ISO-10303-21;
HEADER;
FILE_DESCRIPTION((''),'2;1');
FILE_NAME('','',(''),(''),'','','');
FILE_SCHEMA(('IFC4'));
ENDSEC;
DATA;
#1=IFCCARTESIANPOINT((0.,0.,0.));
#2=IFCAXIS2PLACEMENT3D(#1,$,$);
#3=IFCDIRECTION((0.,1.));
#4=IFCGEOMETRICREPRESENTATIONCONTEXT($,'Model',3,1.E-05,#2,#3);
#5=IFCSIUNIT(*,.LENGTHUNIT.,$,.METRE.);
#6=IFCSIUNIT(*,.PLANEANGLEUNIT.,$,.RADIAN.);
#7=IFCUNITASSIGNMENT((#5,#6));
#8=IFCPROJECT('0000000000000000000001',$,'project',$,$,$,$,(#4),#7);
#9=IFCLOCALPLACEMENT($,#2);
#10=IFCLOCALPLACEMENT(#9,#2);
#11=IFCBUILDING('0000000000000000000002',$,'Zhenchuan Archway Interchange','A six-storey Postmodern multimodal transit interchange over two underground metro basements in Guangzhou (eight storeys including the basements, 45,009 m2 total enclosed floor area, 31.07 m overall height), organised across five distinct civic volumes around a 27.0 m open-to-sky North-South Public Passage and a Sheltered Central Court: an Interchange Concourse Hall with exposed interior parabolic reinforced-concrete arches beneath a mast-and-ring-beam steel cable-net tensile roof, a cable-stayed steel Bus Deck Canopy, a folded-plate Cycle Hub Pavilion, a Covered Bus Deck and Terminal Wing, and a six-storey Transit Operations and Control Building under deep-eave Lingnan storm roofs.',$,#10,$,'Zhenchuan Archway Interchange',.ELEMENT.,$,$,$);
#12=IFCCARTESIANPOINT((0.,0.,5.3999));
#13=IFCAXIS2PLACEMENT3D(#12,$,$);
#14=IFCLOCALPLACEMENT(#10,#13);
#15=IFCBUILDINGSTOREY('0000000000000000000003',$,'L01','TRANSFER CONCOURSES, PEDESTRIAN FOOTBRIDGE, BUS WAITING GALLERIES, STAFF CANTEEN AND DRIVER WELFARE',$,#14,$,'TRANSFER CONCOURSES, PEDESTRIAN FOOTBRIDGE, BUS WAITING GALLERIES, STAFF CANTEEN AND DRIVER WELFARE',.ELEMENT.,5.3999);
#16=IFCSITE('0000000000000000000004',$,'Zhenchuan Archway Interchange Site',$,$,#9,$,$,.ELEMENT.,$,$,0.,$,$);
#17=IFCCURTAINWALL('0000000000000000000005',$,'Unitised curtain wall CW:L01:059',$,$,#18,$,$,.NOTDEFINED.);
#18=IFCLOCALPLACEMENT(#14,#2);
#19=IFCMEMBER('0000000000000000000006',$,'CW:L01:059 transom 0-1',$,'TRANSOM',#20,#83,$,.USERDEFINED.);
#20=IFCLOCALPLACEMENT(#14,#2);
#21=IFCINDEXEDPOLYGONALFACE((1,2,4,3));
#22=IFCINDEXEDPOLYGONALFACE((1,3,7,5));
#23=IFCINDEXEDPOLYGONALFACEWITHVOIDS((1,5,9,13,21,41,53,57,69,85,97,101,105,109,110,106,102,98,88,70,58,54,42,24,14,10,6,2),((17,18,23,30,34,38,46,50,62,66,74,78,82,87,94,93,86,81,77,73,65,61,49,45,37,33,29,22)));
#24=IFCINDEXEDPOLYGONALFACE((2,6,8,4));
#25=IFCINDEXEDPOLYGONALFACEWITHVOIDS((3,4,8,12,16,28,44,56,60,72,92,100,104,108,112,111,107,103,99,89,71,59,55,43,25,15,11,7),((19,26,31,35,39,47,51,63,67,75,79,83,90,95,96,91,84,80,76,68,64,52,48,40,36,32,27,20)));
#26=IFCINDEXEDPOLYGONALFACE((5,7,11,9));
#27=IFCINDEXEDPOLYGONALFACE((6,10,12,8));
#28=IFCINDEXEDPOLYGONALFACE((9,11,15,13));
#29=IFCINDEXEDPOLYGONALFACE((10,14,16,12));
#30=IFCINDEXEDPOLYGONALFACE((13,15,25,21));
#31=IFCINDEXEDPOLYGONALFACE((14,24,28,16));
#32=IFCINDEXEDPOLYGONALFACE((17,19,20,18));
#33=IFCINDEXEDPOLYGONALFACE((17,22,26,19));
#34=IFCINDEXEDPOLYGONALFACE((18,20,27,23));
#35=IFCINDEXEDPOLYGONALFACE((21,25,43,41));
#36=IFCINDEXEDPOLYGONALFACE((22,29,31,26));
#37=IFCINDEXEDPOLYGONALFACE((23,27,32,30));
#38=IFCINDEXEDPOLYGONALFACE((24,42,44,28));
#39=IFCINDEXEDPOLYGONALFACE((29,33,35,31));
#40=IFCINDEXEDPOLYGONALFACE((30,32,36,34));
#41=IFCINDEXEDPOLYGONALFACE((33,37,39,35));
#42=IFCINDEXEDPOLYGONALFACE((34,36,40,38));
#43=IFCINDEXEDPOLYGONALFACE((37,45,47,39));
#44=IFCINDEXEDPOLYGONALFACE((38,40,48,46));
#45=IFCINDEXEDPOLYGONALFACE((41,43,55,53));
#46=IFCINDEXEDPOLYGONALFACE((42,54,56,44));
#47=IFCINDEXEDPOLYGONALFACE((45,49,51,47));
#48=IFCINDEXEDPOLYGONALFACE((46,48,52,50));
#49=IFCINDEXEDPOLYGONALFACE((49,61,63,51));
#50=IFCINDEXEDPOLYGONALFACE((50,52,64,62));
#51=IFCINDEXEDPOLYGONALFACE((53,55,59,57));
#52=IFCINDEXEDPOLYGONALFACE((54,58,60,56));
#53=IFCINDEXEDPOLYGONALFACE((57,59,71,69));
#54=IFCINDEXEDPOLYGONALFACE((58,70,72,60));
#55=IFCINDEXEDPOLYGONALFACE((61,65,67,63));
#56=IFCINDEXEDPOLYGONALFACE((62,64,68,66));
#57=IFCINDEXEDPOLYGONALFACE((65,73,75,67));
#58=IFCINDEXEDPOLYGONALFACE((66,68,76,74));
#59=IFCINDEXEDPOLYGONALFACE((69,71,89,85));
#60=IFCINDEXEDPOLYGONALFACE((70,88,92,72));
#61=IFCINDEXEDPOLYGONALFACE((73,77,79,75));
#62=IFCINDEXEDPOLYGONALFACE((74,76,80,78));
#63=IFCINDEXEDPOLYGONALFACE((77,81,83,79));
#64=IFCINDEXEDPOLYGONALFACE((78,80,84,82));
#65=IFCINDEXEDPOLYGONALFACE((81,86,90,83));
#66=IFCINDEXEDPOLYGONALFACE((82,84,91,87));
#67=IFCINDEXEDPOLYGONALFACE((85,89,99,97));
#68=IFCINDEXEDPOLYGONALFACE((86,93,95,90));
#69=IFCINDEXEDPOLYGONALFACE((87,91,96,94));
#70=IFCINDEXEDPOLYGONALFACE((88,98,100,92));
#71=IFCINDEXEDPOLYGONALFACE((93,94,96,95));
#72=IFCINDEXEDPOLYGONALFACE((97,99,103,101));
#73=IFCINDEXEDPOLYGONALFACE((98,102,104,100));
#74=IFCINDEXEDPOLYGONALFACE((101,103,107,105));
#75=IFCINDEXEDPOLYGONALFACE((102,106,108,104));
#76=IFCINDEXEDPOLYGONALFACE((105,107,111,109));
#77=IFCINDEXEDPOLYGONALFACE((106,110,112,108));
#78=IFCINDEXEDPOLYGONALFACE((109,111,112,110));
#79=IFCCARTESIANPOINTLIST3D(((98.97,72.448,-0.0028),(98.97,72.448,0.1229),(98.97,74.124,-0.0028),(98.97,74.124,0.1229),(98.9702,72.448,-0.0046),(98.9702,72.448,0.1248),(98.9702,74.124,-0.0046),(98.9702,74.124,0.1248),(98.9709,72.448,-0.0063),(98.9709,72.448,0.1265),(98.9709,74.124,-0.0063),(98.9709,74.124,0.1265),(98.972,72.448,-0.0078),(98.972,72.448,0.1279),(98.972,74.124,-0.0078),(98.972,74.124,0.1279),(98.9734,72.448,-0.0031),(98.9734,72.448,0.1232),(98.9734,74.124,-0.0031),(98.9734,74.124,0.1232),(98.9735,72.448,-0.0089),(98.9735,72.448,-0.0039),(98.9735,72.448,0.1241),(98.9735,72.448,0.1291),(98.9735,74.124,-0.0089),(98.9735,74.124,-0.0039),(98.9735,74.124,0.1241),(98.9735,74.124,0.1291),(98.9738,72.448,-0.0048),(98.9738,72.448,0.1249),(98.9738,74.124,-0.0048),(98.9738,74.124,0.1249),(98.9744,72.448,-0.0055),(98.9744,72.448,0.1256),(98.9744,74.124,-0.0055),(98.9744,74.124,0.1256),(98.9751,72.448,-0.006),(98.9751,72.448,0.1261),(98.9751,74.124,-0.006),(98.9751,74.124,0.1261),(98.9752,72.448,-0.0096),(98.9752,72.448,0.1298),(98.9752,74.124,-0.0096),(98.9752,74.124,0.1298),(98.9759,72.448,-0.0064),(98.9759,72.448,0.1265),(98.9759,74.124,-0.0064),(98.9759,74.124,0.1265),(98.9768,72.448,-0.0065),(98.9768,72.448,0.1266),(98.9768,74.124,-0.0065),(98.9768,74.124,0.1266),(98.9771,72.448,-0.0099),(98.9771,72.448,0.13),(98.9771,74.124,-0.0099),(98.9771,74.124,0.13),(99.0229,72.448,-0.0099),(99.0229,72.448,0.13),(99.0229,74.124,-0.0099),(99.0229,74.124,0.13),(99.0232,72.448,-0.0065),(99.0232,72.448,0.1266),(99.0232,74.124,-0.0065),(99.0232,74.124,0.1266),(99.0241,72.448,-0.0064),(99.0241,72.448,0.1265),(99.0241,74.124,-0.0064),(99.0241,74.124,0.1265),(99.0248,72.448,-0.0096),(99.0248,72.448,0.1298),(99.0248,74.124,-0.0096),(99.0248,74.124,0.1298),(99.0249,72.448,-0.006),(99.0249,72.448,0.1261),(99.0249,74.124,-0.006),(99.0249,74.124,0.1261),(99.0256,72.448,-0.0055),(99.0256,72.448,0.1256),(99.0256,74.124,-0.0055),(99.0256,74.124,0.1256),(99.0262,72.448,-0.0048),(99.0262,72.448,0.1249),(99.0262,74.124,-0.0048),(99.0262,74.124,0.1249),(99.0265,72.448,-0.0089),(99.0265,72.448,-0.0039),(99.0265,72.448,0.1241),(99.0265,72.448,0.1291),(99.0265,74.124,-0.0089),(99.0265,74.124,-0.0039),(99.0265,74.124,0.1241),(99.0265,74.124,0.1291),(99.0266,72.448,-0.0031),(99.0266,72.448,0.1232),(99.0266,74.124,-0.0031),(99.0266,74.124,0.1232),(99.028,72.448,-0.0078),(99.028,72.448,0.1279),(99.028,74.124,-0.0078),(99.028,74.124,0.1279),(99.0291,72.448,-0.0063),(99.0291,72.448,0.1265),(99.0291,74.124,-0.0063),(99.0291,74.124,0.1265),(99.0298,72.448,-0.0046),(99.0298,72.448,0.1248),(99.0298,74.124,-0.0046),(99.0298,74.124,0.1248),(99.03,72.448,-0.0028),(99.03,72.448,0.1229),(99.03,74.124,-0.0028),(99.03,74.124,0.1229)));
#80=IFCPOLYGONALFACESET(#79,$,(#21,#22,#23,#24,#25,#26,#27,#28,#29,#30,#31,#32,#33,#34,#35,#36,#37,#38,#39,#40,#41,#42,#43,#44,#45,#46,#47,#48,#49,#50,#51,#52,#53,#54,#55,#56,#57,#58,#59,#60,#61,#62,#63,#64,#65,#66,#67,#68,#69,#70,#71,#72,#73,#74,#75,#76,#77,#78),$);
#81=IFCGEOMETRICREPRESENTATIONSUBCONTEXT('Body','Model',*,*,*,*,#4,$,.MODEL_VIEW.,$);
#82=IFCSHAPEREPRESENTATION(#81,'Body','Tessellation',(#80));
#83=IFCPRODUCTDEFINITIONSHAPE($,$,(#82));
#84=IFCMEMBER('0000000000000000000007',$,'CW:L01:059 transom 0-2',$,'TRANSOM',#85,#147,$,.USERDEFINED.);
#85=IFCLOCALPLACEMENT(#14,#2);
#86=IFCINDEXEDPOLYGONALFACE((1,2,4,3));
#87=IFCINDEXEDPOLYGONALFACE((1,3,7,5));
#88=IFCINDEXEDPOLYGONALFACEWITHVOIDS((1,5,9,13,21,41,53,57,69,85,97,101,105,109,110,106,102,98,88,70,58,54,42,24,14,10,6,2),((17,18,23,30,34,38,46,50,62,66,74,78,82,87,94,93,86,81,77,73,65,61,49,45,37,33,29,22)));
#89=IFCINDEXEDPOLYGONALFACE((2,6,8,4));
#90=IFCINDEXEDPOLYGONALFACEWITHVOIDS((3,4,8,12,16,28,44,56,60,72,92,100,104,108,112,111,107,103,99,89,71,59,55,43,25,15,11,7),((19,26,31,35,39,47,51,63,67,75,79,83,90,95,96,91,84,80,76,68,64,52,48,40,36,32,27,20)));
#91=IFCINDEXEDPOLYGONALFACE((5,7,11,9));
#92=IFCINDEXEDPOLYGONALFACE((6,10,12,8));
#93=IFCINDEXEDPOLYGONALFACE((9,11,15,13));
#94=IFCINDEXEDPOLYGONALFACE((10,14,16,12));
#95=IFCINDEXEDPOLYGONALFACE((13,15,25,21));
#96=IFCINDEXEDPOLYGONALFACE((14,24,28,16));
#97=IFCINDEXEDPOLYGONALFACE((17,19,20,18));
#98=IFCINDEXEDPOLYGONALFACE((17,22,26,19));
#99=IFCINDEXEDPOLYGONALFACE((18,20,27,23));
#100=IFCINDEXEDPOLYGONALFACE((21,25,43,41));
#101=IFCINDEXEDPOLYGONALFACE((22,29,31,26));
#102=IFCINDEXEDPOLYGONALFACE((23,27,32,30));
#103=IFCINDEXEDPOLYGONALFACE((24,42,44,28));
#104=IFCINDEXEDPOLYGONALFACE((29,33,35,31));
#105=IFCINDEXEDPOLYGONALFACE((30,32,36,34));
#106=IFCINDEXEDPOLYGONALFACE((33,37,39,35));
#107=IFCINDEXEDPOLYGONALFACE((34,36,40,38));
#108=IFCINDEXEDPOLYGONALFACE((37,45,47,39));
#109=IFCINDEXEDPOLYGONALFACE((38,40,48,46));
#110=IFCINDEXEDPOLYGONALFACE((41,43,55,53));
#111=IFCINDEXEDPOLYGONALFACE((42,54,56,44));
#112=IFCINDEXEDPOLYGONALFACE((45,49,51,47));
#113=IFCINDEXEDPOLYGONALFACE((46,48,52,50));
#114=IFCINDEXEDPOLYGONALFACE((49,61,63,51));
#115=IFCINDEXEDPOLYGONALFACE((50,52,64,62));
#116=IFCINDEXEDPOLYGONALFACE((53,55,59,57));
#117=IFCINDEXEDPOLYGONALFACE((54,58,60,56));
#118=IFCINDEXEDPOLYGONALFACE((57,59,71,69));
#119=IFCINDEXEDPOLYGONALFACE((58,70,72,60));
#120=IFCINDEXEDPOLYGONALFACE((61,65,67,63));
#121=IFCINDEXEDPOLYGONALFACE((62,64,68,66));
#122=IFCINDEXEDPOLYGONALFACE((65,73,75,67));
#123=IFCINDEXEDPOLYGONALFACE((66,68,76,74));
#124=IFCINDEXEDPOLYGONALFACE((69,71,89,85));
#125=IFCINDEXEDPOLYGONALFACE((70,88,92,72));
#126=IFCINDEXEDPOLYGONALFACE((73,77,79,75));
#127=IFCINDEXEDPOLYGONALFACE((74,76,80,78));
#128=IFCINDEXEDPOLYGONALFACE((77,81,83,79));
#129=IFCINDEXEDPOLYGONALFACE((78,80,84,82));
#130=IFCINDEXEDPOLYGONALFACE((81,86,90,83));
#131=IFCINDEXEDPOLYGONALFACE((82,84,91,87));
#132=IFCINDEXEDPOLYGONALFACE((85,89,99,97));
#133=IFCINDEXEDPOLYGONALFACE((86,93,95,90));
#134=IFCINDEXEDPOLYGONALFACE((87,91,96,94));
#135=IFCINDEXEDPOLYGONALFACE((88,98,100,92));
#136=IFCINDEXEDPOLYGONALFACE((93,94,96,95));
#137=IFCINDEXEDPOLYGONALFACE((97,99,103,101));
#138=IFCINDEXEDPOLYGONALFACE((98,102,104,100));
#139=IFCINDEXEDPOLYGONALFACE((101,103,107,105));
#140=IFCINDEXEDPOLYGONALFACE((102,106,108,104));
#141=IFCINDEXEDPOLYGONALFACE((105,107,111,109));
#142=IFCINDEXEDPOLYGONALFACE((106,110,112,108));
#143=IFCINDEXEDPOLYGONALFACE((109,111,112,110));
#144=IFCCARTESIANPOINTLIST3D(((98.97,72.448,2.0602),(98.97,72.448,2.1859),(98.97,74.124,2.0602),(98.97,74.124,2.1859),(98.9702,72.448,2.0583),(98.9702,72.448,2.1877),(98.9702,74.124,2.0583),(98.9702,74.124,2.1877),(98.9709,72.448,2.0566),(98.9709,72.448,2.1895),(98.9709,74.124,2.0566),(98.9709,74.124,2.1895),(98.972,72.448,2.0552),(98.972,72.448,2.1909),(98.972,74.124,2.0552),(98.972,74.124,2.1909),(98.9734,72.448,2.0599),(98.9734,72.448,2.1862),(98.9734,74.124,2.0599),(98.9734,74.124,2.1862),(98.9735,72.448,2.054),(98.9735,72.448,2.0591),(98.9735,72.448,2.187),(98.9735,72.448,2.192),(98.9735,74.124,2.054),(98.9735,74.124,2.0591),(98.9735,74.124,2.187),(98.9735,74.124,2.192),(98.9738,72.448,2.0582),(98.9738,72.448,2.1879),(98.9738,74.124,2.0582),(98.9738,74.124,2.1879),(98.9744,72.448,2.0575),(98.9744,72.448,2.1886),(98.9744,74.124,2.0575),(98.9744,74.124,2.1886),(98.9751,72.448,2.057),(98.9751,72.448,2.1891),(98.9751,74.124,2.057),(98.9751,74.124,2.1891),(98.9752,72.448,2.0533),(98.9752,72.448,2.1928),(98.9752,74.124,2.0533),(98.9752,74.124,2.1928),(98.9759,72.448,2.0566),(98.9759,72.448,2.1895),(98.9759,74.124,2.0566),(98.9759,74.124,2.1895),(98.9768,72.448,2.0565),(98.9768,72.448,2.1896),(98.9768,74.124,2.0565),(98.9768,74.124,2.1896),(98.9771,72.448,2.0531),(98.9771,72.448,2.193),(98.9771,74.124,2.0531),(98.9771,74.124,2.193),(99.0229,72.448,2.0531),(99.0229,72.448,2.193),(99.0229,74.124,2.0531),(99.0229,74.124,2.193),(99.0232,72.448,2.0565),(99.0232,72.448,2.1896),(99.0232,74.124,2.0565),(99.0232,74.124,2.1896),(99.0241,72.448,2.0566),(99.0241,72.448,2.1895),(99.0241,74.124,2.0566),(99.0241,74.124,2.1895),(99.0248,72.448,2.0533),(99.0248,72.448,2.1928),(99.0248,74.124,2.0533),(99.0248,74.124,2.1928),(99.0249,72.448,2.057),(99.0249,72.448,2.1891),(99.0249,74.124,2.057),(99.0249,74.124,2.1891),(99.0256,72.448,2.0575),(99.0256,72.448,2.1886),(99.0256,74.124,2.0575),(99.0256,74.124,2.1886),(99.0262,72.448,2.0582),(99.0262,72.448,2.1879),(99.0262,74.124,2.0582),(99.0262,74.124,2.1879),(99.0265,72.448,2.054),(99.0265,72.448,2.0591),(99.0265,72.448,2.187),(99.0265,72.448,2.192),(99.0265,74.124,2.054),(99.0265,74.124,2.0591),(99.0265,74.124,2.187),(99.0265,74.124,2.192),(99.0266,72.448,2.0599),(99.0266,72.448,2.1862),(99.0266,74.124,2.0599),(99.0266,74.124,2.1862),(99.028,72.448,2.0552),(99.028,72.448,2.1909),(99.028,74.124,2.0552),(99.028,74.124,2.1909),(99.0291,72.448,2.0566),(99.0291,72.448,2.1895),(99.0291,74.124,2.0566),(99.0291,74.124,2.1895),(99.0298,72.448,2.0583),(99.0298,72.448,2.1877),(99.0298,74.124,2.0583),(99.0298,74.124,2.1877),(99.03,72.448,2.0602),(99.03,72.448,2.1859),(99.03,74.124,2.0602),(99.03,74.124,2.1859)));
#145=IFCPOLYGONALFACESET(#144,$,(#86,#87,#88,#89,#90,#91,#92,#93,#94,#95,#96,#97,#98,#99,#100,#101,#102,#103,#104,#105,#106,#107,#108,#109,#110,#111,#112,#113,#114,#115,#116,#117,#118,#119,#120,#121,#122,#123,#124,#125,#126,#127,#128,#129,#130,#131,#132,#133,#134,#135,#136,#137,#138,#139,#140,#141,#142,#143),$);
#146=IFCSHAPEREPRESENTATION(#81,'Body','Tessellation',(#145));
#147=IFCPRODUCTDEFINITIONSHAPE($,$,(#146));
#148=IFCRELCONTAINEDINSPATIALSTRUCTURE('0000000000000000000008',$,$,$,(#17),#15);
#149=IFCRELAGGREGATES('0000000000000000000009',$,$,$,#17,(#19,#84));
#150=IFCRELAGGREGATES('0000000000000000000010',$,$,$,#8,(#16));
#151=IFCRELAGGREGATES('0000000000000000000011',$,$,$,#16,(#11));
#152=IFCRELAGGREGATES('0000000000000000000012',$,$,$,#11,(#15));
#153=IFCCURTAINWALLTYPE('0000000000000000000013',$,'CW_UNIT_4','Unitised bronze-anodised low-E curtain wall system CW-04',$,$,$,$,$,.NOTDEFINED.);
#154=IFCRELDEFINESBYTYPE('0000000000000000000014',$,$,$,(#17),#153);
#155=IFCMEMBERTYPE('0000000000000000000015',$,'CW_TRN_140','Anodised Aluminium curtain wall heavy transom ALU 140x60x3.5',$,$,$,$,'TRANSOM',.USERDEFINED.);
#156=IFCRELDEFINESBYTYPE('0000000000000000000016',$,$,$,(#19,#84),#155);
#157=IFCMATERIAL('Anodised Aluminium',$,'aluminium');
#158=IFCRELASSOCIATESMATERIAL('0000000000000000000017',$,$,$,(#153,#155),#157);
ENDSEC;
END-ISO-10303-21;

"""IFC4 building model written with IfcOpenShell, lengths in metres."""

from ifc_helpers import new_model, si_unit, direction, frame, origin, origin_2d, place, context, subcontext, project, spatial, hollow_rectangle, extrude, material, material_profile, profile_set, type_object, element, aggregate, save


model = new_model("IFC4")

# Units and contexts
model_context = context("Model", 3, precision=1e-05, world=origin(), true_north=direction((0.0, 1.0)))
body_context = subcontext(model_context, "Body", "Model", "MODEL_VIEW")
ifc_project = project(units=[si_unit("LENGTHUNIT", "METRE"), si_unit("PLANEANGLEUNIT", "RADIAN")], contexts=[model_context])

# Site, building, storey
site_placement = place(None, origin())
site = spatial("IfcSite", under=ifc_project, at=site_placement, Name="Zhenchuan Archway Interchange Site", CompositionType="ELEMENT", RefElevation=0.0)
building_placement = place(site_placement, origin())
building = spatial("IfcBuilding", under=site, at=building_placement, Name="Zhenchuan Archway Interchange", Description="A six-storey Postmodern multimodal transit interchange over two underground metro basements in Guangzhou (eight storeys including the basements, 45,009 m2 total enclosed floor area, 31.07 m overall height), organised across five distinct civic volumes around a 27.0 m open-to-sky North-South Public Passage and a Sheltered Central Court: an Interchange Concourse Hall with exposed interior parabolic reinforced-concrete arches beneath a mast-and-ring-beam steel cable-net tensile roof, a cable-stayed steel Bus Deck Canopy, a folded-plate Cycle Hub Pavilion, a Covered Bus Deck and Terminal Wing, and a six-storey Transit Operations and Control Building under deep-eave Lingnan storm roofs.", LongName="Zhenchuan Archway Interchange", CompositionType="ELEMENT")
storey_placement = place(building_placement, frame((0.0, 0.0, 5.3999)))
storey = spatial("IfcBuildingStorey", under=building, at=storey_placement, Name="L01", Description="TRANSFER CONCOURSES, PEDESTRIAN FOOTBRIDGE, BUS WAITING GALLERIES, STAFF CANTEEN AND DRIVER WELFARE", LongName="TRANSFER CONCOURSES, PEDESTRIAN FOOTBRIDGE, BUS WAITING GALLERIES, STAFF CANTEEN AND DRIVER WELFARE", CompositionType="ELEMENT", Elevation=5.3999)

# Shared definitions
ifc_material_1 = material(Name="Anodised Aluminium", Category="aluminium")

# Curtain wall
curtain_wall_type_1 = type_object("IfcCurtainWallType", Name="CW_UNIT_4", Description="Unitised bronze-anodised low-E curtain wall system CW-04", PredefinedType="NOTDEFINED", material=ifc_material_1)
curtain_wall_1_placement = place(storey_placement, origin())
curtain_wall_1 = element("IfcCurtainWall", 1, at=curtain_wall_1_placement, inside=storey, type_object=curtain_wall_type_1, Name="Unitised curtain wall CW:L01:059", PredefinedType="NOTDEFINED")

# Members
ifc_material_profile_1 = material_profile(ifc_material_1, hollow_rectangle(XDim=0.0601, YDim=0.1399, WallThickness=0.0034, InnerFilletRadius=0.0034, OuterFilletRadius=0.0071, at=origin_2d()), Name="ALU 140x60x3.5")
ifc_profile_set_1 = profile_set([ifc_material_profile_1], Name="Anodised Aluminium")
member_type_1 = type_object("IfcMemberType", Name="CW_TRN_140", Description="Anodised Aluminium curtain wall heavy transom ALU 140x60x3.5", ElementType="TRANSOM", PredefinedType="USERDEFINED", material=ifc_profile_set_1)
member_1_placement = place(storey_placement, frame((99.0, 72.448, 0.0601), z_axis=(0.0, 1.0, 0.0), x_axis=(-1.0, 0.0, 0.0)))
member_1 = element("IfcMember", 2, at=member_1_placement, type_object=member_type_1, Name="CW:L01:059 transom 0-1", ObjectType="TRANSOM", PredefinedType="USERDEFINED", context=body_context, shape_type="SweptSolid", body=[
    extrude(hollow_rectangle(XDim=0.0601, YDim=0.1399, WallThickness=0.0034, InnerFilletRadius=0.0034, OuterFilletRadius=0.0071, at=origin_2d()), origin(), (0.0, 0.0, 1.0), 1.676),
])
member_2_placement = place(storey_placement, frame((99.0, 72.448, 2.123), z_axis=(0.0, 1.0, 0.0), x_axis=(-1.0, 0.0, 0.0)))
member_2 = element("IfcMember", 3, at=member_2_placement, type_object=member_type_1, Name="CW:L01:059 transom 0-2", ObjectType="TRANSOM", PredefinedType="USERDEFINED", context=body_context, shape_type="SweptSolid", body=[
    extrude(hollow_rectangle(XDim=0.0601, YDim=0.1399, WallThickness=0.0034, InnerFilletRadius=0.0034, OuterFilletRadius=0.0071, at=origin_2d()), origin(), (0.0, 0.0, 1.0), 1.676),
])
aggregate(curtain_wall_1, [member_1, member_2])

save(model, "model.ifc")
